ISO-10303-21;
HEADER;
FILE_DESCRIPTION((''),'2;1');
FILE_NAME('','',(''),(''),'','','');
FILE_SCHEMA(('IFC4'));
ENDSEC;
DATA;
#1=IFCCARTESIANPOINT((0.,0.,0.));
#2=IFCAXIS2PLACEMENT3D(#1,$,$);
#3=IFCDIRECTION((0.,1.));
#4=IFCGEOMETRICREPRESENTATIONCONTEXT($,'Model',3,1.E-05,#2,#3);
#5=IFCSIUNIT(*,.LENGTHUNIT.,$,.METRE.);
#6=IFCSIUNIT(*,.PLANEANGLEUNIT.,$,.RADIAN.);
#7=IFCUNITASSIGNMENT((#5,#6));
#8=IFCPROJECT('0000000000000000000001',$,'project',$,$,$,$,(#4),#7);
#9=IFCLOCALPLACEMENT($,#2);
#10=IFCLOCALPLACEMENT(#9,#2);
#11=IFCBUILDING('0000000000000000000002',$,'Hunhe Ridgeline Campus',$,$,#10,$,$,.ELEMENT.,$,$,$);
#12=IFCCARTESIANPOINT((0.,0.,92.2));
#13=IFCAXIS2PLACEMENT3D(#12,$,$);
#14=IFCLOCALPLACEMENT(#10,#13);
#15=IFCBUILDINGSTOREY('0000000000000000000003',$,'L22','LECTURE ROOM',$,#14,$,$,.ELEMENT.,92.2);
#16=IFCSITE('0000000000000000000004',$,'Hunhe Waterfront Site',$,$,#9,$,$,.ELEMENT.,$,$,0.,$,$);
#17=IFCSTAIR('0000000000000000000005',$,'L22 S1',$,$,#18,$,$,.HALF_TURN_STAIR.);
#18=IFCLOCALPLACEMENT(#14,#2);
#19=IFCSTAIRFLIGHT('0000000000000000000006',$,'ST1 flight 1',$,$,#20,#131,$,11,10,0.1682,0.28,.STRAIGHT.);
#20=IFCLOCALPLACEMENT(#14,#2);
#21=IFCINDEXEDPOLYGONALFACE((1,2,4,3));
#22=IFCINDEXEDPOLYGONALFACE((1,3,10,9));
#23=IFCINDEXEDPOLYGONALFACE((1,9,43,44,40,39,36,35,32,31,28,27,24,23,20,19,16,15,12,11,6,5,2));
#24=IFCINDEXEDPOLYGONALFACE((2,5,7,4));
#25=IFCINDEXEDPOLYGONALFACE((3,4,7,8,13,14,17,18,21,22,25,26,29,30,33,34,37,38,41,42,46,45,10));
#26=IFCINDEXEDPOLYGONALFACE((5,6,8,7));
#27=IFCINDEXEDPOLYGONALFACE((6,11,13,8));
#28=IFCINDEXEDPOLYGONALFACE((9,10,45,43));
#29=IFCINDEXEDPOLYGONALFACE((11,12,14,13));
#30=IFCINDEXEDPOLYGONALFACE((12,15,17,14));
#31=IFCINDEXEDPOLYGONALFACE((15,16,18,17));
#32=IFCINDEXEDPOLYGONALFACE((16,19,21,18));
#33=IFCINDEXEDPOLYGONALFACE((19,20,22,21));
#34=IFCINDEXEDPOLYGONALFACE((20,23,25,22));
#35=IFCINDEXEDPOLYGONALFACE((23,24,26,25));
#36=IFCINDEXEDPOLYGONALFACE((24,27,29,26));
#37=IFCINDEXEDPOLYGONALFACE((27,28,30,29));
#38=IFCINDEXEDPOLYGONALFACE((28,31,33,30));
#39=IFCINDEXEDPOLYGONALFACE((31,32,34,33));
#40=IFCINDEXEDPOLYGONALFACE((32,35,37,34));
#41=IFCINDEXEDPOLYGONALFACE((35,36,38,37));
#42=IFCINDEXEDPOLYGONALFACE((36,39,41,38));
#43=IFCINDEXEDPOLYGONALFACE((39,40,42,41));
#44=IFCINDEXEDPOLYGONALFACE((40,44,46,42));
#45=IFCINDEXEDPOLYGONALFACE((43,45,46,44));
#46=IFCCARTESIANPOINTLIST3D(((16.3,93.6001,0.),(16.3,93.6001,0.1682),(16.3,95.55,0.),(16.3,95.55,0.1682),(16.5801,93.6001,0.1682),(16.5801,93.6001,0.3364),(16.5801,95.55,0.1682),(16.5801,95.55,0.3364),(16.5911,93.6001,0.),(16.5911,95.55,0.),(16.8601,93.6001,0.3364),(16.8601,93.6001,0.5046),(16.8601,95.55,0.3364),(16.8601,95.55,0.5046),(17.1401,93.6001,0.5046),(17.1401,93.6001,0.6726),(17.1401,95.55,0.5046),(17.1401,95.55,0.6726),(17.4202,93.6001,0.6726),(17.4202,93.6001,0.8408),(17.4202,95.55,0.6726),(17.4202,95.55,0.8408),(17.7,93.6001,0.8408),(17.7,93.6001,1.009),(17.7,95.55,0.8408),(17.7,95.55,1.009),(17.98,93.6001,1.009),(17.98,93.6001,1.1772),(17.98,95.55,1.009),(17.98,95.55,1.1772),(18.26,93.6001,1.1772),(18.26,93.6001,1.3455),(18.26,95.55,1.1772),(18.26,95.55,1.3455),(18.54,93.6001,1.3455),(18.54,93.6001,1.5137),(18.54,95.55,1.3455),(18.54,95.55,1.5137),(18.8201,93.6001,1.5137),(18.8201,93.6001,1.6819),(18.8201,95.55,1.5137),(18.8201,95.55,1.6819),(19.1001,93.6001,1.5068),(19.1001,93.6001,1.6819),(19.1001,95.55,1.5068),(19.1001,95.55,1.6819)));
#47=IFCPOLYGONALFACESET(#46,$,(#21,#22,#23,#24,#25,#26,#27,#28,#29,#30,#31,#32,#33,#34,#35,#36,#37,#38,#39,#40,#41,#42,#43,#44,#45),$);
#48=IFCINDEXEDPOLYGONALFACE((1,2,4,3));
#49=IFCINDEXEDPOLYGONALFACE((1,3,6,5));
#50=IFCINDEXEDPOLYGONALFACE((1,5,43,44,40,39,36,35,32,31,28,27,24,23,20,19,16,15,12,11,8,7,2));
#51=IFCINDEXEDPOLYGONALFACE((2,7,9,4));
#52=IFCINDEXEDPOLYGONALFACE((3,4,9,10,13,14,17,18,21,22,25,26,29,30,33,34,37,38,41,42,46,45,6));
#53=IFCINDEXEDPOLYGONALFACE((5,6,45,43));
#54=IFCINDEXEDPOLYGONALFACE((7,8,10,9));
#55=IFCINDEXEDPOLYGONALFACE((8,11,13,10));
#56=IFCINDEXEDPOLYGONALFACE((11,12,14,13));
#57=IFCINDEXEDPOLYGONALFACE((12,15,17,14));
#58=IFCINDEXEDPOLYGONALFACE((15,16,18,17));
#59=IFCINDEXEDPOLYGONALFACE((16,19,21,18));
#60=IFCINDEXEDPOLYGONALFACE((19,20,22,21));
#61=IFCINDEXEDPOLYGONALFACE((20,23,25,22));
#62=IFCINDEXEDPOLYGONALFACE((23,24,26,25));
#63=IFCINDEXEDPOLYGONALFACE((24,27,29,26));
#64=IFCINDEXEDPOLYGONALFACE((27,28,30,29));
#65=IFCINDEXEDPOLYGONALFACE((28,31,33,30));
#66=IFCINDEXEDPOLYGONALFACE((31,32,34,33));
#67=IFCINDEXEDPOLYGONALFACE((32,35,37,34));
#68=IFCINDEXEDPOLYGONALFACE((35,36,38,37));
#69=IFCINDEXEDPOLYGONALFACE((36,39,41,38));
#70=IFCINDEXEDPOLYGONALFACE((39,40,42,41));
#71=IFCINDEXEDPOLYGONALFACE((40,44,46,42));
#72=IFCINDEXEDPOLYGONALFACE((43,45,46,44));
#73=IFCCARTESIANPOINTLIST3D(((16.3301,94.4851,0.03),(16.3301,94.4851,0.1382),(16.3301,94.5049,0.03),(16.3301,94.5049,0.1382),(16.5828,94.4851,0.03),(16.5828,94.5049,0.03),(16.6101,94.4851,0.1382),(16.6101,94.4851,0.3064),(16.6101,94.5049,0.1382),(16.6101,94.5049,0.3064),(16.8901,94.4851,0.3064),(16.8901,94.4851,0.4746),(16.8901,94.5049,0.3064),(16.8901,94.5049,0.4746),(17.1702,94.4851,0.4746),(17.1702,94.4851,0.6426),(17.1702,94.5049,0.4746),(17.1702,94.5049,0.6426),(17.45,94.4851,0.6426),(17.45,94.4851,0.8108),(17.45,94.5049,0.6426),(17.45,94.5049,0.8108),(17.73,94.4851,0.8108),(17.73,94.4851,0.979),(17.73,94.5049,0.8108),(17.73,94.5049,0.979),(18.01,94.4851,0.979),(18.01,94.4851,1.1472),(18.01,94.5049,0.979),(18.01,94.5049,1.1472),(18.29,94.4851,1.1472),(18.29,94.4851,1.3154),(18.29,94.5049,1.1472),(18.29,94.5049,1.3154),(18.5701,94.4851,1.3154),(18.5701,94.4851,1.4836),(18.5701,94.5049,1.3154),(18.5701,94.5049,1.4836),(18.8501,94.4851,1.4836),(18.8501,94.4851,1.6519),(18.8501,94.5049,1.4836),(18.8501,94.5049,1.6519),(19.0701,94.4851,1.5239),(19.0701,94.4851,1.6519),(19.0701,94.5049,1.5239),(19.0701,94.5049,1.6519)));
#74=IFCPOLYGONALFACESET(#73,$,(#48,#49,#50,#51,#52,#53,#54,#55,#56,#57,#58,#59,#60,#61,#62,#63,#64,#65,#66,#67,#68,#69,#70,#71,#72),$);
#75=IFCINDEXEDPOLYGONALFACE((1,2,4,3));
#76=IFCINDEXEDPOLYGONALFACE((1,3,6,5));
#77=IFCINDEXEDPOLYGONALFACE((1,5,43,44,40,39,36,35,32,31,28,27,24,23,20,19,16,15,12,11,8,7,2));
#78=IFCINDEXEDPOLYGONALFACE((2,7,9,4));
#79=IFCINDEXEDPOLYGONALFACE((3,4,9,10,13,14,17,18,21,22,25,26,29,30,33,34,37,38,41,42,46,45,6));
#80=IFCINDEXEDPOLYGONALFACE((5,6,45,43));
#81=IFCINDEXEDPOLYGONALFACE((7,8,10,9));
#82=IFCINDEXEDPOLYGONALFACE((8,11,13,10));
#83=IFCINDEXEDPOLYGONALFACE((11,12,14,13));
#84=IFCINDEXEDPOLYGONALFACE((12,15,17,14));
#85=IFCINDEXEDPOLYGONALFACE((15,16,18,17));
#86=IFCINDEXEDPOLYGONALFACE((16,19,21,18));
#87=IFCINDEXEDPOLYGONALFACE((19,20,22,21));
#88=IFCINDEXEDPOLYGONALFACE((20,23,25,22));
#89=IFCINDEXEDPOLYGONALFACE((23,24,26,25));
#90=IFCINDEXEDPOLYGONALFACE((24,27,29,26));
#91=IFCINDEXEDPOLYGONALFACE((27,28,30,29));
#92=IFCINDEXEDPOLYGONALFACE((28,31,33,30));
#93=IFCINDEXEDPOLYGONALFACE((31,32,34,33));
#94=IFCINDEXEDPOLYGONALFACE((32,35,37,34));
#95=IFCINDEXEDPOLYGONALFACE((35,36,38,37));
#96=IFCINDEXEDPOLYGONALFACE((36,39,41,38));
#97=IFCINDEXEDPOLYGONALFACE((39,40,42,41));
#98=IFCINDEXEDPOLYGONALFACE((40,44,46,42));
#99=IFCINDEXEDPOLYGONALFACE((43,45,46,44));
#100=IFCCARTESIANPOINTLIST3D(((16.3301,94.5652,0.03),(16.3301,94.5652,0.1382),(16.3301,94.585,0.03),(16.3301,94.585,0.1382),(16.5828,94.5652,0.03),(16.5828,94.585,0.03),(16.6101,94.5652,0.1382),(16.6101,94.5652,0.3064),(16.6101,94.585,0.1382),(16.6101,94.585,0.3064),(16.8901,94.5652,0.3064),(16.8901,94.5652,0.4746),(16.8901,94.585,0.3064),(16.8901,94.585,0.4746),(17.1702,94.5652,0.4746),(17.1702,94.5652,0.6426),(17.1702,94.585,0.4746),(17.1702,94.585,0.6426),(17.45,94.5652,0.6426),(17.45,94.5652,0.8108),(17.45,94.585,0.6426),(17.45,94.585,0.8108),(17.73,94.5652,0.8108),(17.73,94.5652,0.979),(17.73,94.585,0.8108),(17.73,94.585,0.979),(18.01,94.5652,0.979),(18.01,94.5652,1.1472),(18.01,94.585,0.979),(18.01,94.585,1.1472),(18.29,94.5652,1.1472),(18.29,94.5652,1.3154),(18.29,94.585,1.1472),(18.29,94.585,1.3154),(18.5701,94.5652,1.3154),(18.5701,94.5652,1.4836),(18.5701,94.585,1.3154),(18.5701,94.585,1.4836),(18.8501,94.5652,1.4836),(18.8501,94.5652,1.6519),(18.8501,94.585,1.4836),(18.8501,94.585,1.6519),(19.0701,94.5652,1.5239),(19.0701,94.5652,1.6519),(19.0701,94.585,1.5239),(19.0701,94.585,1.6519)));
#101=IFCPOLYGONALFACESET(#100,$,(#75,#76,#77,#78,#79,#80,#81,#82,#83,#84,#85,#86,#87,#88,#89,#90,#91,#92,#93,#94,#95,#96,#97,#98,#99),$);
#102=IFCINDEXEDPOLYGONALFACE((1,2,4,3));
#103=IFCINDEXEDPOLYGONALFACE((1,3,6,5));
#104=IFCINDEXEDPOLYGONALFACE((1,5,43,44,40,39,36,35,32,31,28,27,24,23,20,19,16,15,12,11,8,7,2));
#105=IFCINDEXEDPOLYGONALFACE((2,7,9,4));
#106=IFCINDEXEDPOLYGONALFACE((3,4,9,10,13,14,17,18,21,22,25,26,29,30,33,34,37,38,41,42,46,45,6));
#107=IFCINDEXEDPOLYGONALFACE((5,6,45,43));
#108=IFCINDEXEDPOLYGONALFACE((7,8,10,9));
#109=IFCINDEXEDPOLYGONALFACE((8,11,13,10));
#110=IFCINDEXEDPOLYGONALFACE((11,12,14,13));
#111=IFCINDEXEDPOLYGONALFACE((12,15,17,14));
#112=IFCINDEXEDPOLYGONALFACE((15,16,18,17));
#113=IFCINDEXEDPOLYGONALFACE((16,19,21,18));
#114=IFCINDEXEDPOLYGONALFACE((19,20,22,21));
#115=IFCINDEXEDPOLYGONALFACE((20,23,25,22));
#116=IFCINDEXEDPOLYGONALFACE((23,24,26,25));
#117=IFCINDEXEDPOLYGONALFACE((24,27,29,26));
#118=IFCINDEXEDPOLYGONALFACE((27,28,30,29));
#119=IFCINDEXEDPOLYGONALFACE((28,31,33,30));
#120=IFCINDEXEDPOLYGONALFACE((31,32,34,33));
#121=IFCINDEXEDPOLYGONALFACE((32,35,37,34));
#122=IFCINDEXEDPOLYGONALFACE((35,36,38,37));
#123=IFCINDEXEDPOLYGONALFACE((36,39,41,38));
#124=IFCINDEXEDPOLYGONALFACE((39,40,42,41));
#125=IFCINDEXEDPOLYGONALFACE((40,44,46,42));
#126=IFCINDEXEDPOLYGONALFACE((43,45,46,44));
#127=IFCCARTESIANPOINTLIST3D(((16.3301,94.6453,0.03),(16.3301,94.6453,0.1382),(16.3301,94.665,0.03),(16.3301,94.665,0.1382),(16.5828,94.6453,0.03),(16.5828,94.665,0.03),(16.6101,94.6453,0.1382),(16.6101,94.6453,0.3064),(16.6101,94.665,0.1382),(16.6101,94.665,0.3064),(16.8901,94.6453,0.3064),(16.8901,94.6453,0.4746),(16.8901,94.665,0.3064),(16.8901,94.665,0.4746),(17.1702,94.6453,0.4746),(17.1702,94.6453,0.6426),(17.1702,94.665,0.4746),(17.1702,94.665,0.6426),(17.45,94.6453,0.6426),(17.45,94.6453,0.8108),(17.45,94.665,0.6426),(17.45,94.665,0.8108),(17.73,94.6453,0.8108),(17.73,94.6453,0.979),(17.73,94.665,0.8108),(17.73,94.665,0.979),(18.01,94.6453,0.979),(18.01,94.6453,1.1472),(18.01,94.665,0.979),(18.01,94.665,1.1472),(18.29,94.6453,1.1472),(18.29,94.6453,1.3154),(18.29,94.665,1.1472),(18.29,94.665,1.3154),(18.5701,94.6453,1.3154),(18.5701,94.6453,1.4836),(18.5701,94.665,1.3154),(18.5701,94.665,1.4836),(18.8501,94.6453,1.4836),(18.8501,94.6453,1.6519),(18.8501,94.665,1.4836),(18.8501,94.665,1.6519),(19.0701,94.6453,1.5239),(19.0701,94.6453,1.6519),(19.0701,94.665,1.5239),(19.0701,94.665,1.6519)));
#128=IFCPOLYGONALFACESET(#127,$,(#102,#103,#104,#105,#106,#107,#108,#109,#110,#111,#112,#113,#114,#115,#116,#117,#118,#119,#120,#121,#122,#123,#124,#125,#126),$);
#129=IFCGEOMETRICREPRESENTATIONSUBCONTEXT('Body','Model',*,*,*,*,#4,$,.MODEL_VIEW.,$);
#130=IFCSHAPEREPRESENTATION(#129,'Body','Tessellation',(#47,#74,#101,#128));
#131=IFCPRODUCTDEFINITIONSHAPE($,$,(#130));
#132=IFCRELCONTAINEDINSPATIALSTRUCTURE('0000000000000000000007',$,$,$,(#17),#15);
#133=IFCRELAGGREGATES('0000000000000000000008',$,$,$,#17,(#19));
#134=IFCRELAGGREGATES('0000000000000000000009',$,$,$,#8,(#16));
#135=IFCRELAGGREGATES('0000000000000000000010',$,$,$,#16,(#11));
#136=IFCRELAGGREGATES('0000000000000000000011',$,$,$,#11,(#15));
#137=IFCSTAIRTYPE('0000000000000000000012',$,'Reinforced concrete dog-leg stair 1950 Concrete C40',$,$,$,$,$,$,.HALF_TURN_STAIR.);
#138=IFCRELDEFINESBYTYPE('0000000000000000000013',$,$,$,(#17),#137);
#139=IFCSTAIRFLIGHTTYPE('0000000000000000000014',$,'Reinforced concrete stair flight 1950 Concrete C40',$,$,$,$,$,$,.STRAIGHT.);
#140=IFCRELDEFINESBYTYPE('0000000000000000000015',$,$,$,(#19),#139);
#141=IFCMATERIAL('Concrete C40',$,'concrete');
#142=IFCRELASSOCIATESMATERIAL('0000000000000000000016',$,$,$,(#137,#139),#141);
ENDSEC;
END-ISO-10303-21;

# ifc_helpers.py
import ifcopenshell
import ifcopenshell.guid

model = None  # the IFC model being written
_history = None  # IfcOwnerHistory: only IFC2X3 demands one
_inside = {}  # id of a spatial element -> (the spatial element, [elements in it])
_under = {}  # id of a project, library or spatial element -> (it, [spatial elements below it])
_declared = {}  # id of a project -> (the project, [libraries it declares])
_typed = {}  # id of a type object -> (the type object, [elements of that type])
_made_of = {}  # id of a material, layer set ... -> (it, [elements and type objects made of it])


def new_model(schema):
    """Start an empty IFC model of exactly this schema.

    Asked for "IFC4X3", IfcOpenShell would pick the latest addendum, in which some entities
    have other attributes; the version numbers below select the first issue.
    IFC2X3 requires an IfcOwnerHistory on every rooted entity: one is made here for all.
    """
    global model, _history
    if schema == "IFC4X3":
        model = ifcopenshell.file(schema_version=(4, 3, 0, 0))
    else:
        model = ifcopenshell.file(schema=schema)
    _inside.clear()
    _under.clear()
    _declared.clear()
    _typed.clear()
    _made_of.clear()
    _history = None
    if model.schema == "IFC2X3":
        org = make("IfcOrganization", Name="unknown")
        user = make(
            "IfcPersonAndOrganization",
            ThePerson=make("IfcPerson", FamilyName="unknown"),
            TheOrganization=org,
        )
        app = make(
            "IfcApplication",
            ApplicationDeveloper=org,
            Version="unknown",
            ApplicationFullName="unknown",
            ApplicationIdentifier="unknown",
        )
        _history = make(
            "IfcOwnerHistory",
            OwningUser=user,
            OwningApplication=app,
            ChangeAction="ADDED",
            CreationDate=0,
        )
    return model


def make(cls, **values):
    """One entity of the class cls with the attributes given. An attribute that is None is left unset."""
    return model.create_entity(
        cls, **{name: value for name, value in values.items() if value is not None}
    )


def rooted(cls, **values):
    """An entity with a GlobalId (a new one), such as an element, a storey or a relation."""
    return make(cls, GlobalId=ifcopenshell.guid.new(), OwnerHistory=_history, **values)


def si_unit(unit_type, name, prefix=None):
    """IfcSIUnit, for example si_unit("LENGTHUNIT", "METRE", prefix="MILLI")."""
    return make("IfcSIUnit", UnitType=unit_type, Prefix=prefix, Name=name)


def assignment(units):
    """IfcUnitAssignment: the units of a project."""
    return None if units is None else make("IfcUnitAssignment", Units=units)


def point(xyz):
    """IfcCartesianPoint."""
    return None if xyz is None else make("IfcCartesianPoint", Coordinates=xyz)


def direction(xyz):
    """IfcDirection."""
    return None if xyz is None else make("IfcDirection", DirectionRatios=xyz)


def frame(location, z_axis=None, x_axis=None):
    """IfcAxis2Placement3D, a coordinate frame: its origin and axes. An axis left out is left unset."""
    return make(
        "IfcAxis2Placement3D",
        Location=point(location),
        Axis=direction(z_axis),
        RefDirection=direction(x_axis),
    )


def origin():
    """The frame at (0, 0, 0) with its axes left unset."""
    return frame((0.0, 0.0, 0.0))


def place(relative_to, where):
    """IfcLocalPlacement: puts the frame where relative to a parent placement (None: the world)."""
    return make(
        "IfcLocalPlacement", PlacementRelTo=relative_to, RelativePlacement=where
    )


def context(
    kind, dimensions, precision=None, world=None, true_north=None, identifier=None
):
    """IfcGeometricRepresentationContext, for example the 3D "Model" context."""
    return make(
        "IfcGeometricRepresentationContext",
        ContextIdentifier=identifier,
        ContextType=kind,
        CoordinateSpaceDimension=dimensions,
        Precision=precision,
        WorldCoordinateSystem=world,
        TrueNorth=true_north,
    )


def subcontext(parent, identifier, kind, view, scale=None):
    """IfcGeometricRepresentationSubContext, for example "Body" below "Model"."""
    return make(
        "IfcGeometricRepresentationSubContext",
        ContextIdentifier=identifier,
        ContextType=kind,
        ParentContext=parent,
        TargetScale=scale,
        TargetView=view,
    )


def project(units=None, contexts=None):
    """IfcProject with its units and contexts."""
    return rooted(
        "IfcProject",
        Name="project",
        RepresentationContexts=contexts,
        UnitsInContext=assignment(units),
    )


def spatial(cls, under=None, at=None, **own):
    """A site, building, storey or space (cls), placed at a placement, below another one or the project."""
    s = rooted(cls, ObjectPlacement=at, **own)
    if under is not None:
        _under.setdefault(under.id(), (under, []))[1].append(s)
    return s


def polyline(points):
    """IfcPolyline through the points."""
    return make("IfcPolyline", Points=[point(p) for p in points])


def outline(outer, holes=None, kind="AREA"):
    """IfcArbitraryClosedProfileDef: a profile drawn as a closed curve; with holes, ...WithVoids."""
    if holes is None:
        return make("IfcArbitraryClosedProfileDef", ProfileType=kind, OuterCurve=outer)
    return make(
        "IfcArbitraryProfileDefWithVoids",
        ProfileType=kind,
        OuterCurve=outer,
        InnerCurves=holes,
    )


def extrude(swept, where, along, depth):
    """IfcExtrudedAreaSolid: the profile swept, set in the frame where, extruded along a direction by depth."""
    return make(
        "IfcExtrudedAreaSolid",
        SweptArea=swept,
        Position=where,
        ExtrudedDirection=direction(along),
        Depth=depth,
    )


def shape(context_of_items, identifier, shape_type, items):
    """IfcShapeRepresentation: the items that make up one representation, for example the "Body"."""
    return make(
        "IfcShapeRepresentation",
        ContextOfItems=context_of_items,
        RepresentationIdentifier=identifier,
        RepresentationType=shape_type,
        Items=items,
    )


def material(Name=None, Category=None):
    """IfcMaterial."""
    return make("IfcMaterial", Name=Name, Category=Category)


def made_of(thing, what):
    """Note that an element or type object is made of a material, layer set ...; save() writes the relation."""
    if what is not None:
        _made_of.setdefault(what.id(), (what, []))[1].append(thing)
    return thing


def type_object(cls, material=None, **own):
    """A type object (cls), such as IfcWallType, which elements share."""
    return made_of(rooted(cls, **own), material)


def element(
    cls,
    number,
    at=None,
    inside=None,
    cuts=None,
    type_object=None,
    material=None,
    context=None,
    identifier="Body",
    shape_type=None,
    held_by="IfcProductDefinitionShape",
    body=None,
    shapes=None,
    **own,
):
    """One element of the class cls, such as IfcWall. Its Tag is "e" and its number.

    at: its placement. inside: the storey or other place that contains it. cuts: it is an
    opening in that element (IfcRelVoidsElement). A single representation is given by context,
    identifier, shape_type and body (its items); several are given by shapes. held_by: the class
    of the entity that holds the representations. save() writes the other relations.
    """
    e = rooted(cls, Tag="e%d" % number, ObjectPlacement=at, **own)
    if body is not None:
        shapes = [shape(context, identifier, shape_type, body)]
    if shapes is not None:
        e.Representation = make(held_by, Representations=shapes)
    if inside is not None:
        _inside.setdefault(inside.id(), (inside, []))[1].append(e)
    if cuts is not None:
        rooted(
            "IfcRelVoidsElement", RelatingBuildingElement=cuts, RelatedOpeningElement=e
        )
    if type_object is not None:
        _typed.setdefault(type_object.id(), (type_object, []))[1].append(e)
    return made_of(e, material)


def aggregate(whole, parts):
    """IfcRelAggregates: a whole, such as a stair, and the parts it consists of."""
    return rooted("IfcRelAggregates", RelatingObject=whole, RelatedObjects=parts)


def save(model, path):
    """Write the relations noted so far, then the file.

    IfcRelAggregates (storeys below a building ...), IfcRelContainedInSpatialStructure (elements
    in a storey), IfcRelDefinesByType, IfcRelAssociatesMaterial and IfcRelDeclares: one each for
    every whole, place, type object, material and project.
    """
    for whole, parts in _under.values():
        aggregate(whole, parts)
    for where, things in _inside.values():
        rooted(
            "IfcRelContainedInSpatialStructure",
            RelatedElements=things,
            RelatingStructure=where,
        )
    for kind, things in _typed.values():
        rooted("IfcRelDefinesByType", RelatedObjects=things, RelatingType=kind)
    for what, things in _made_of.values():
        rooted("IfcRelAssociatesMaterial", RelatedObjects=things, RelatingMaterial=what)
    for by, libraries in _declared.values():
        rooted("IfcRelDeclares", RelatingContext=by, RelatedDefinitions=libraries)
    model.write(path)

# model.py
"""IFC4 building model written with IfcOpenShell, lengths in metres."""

from ifc_helpers import new_model, si_unit, direction, frame, origin, place, context, subcontext, project, spatial, polyline, outline, extrude, material, type_object, element, aggregate, save


model = new_model("IFC4")

# Units and contexts
model_context = context("Model", 3, precision=1e-05, world=origin(), true_north=direction((0.0, 1.0)))
body_context = subcontext(model_context, "Body", "Model", "MODEL_VIEW")
ifc_project = project(units=[si_unit("LENGTHUNIT", "METRE"), si_unit("PLANEANGLEUNIT", "RADIAN")], contexts=[model_context])

# Site, building, storey
site_placement = place(None, origin())
site = spatial("IfcSite", under=ifc_project, at=site_placement, Name="Hunhe Waterfront Site", CompositionType="ELEMENT", RefElevation=0.0)
building_placement = place(site_placement, origin())
building = spatial("IfcBuilding", under=site, at=building_placement, Name="Hunhe Ridgeline Campus", CompositionType="ELEMENT")
storey_placement = place(building_placement, frame((0.0, 0.0, 92.2)))
storey = spatial("IfcBuildingStorey", under=building, at=storey_placement, Name="L22", Description="LECTURE ROOM", CompositionType="ELEMENT", Elevation=92.2)

# Stair, stair flight
ifc_material_1 = material(Name="Concrete C40", Category="concrete")
stair_type = type_object("IfcStairType", Name="Reinforced concrete dog-leg stair 1950 Concrete C40", PredefinedType="HALF_TURN_STAIR", material=ifc_material_1)
stair_placement = place(storey_placement, origin())
stair = element("IfcStair", 1, at=stair_placement, inside=storey, type_object=stair_type, Name="L22 S1", PredefinedType="HALF_TURN_STAIR")
stair_flight_type = type_object("IfcStairFlightType", Name="Reinforced concrete stair flight 1950 Concrete C40", PredefinedType="STRAIGHT", material=ifc_material_1)
stair_flight_placement = place(storey_placement, frame((16.3, 94.575, 0.0), z_axis=(0.0, 0.0, 1.0), x_axis=(1.0, 0.0, 0.0)))
stair_flight = element("IfcStairFlight", 2, at=stair_flight_placement, type_object=stair_flight_type, Name="ST1 flight 1", NumberOfRisers=11, NumberOfTreads=10, PredefinedType="STRAIGHT", RiserHeight=0.1682, TreadLength=0.28, context=body_context, shape_type="SweptSolid", body=[
    extrude(outline(polyline([(0.0, 0.0), (0.0, 0.1682), (0.28, 0.1682), (0.28, 0.3364), (0.5601, 0.3364), (0.5601, 0.5046), (0.8401, 0.5046), (0.8401, 0.6726), (1.1201, 0.6726), (1.1201, 0.8408), (1.3999, 0.8408), (1.3999, 1.009), (1.6799, 1.009), (1.6799, 1.1772), (1.96, 1.1772), (1.96, 1.3455), (2.24, 1.3455), (2.24, 1.5137), (2.52, 1.5137), (2.52, 1.6819), (2.8, 1.6819), (2.8, 1.8501), (2.8, 1.5068), (0.291, 0.0), (0.0, 0.0)])), frame((0.0, 0.9751, 0.0), z_axis=(0.0, -1.0, 0.0), x_axis=(1.0, 0.0, 0.0)), (0.0, 0.0, 1.0), 1.95),
    extrude(outline(polyline([(0.03, 0.03), (0.03, 0.1382), (0.3101, 0.1382), (0.3101, 0.3064), (0.5901, 0.3064), (0.5901, 0.4746), (0.8701, 0.4746), (0.8701, 0.6426), (1.1499, 0.6426), (1.1499, 0.8108), (1.4299, 0.8108), (1.4299, 0.979), (1.71, 0.979), (1.71, 1.1472), (1.99, 1.1472), (1.99, 1.3154), (2.27, 1.3154), (2.27, 1.4836), (2.55, 1.4836), (2.55, 1.6519), (2.77, 1.6519), (2.77, 1.5239), (0.2827, 0.03), (0.03, 0.03)])), frame((0.0, -0.0701, 0.0), z_axis=(0.0, -1.0, 0.0), x_axis=(1.0, 0.0, 0.0)), (0.0, 0.0, 1.0), 0.0198),
    extrude(outline(polyline([(0.03, 0.03), (0.03, 0.1382), (0.3101, 0.1382), (0.3101, 0.3064), (0.5901, 0.3064), (0.5901, 0.4746), (0.8701, 0.4746), (0.8701, 0.6426), (1.1499, 0.6426), (1.1499, 0.8108), (1.4299, 0.8108), (1.4299, 0.979), (1.71, 0.979), (1.71, 1.1472), (1.99, 1.1472), (1.99, 1.3154), (2.27, 1.3154), (2.27, 1.4836), (2.55, 1.4836), (2.55, 1.6519), (2.77, 1.6519), (2.77, 1.5239), (0.2827, 0.03), (0.03, 0.03)])), frame((0.0, 0.01, 0.0), z_axis=(0.0, -1.0, 0.0), x_axis=(1.0, 0.0, 0.0)), (0.0, 0.0, 1.0), 0.0198),
    extrude(outline(polyline([(0.03, 0.03), (0.03, 0.1382), (0.3101, 0.1382), (0.3101, 0.3064), (0.5901, 0.3064), (0.5901, 0.4746), (0.8701, 0.4746), (0.8701, 0.6426), (1.1499, 0.6426), (1.1499, 0.8108), (1.4299, 0.8108), (1.4299, 0.979), (1.71, 0.979), (1.71, 1.1472), (1.99, 1.1472), (1.99, 1.3154), (2.27, 1.3154), (2.27, 1.4836), (2.55, 1.4836), (2.55, 1.6519), (2.77, 1.6519), (2.77, 1.5239), (0.2827, 0.03), (0.03, 0.03)])), frame((0.0, 0.0901, 0.0), z_axis=(0.0, -1.0, 0.0), x_axis=(1.0, 0.0, 0.0)), (0.0, 0.0, 1.0), 0.0198),
])
aggregate(stair, [stair_flight])

save(model, "model.ifc")
